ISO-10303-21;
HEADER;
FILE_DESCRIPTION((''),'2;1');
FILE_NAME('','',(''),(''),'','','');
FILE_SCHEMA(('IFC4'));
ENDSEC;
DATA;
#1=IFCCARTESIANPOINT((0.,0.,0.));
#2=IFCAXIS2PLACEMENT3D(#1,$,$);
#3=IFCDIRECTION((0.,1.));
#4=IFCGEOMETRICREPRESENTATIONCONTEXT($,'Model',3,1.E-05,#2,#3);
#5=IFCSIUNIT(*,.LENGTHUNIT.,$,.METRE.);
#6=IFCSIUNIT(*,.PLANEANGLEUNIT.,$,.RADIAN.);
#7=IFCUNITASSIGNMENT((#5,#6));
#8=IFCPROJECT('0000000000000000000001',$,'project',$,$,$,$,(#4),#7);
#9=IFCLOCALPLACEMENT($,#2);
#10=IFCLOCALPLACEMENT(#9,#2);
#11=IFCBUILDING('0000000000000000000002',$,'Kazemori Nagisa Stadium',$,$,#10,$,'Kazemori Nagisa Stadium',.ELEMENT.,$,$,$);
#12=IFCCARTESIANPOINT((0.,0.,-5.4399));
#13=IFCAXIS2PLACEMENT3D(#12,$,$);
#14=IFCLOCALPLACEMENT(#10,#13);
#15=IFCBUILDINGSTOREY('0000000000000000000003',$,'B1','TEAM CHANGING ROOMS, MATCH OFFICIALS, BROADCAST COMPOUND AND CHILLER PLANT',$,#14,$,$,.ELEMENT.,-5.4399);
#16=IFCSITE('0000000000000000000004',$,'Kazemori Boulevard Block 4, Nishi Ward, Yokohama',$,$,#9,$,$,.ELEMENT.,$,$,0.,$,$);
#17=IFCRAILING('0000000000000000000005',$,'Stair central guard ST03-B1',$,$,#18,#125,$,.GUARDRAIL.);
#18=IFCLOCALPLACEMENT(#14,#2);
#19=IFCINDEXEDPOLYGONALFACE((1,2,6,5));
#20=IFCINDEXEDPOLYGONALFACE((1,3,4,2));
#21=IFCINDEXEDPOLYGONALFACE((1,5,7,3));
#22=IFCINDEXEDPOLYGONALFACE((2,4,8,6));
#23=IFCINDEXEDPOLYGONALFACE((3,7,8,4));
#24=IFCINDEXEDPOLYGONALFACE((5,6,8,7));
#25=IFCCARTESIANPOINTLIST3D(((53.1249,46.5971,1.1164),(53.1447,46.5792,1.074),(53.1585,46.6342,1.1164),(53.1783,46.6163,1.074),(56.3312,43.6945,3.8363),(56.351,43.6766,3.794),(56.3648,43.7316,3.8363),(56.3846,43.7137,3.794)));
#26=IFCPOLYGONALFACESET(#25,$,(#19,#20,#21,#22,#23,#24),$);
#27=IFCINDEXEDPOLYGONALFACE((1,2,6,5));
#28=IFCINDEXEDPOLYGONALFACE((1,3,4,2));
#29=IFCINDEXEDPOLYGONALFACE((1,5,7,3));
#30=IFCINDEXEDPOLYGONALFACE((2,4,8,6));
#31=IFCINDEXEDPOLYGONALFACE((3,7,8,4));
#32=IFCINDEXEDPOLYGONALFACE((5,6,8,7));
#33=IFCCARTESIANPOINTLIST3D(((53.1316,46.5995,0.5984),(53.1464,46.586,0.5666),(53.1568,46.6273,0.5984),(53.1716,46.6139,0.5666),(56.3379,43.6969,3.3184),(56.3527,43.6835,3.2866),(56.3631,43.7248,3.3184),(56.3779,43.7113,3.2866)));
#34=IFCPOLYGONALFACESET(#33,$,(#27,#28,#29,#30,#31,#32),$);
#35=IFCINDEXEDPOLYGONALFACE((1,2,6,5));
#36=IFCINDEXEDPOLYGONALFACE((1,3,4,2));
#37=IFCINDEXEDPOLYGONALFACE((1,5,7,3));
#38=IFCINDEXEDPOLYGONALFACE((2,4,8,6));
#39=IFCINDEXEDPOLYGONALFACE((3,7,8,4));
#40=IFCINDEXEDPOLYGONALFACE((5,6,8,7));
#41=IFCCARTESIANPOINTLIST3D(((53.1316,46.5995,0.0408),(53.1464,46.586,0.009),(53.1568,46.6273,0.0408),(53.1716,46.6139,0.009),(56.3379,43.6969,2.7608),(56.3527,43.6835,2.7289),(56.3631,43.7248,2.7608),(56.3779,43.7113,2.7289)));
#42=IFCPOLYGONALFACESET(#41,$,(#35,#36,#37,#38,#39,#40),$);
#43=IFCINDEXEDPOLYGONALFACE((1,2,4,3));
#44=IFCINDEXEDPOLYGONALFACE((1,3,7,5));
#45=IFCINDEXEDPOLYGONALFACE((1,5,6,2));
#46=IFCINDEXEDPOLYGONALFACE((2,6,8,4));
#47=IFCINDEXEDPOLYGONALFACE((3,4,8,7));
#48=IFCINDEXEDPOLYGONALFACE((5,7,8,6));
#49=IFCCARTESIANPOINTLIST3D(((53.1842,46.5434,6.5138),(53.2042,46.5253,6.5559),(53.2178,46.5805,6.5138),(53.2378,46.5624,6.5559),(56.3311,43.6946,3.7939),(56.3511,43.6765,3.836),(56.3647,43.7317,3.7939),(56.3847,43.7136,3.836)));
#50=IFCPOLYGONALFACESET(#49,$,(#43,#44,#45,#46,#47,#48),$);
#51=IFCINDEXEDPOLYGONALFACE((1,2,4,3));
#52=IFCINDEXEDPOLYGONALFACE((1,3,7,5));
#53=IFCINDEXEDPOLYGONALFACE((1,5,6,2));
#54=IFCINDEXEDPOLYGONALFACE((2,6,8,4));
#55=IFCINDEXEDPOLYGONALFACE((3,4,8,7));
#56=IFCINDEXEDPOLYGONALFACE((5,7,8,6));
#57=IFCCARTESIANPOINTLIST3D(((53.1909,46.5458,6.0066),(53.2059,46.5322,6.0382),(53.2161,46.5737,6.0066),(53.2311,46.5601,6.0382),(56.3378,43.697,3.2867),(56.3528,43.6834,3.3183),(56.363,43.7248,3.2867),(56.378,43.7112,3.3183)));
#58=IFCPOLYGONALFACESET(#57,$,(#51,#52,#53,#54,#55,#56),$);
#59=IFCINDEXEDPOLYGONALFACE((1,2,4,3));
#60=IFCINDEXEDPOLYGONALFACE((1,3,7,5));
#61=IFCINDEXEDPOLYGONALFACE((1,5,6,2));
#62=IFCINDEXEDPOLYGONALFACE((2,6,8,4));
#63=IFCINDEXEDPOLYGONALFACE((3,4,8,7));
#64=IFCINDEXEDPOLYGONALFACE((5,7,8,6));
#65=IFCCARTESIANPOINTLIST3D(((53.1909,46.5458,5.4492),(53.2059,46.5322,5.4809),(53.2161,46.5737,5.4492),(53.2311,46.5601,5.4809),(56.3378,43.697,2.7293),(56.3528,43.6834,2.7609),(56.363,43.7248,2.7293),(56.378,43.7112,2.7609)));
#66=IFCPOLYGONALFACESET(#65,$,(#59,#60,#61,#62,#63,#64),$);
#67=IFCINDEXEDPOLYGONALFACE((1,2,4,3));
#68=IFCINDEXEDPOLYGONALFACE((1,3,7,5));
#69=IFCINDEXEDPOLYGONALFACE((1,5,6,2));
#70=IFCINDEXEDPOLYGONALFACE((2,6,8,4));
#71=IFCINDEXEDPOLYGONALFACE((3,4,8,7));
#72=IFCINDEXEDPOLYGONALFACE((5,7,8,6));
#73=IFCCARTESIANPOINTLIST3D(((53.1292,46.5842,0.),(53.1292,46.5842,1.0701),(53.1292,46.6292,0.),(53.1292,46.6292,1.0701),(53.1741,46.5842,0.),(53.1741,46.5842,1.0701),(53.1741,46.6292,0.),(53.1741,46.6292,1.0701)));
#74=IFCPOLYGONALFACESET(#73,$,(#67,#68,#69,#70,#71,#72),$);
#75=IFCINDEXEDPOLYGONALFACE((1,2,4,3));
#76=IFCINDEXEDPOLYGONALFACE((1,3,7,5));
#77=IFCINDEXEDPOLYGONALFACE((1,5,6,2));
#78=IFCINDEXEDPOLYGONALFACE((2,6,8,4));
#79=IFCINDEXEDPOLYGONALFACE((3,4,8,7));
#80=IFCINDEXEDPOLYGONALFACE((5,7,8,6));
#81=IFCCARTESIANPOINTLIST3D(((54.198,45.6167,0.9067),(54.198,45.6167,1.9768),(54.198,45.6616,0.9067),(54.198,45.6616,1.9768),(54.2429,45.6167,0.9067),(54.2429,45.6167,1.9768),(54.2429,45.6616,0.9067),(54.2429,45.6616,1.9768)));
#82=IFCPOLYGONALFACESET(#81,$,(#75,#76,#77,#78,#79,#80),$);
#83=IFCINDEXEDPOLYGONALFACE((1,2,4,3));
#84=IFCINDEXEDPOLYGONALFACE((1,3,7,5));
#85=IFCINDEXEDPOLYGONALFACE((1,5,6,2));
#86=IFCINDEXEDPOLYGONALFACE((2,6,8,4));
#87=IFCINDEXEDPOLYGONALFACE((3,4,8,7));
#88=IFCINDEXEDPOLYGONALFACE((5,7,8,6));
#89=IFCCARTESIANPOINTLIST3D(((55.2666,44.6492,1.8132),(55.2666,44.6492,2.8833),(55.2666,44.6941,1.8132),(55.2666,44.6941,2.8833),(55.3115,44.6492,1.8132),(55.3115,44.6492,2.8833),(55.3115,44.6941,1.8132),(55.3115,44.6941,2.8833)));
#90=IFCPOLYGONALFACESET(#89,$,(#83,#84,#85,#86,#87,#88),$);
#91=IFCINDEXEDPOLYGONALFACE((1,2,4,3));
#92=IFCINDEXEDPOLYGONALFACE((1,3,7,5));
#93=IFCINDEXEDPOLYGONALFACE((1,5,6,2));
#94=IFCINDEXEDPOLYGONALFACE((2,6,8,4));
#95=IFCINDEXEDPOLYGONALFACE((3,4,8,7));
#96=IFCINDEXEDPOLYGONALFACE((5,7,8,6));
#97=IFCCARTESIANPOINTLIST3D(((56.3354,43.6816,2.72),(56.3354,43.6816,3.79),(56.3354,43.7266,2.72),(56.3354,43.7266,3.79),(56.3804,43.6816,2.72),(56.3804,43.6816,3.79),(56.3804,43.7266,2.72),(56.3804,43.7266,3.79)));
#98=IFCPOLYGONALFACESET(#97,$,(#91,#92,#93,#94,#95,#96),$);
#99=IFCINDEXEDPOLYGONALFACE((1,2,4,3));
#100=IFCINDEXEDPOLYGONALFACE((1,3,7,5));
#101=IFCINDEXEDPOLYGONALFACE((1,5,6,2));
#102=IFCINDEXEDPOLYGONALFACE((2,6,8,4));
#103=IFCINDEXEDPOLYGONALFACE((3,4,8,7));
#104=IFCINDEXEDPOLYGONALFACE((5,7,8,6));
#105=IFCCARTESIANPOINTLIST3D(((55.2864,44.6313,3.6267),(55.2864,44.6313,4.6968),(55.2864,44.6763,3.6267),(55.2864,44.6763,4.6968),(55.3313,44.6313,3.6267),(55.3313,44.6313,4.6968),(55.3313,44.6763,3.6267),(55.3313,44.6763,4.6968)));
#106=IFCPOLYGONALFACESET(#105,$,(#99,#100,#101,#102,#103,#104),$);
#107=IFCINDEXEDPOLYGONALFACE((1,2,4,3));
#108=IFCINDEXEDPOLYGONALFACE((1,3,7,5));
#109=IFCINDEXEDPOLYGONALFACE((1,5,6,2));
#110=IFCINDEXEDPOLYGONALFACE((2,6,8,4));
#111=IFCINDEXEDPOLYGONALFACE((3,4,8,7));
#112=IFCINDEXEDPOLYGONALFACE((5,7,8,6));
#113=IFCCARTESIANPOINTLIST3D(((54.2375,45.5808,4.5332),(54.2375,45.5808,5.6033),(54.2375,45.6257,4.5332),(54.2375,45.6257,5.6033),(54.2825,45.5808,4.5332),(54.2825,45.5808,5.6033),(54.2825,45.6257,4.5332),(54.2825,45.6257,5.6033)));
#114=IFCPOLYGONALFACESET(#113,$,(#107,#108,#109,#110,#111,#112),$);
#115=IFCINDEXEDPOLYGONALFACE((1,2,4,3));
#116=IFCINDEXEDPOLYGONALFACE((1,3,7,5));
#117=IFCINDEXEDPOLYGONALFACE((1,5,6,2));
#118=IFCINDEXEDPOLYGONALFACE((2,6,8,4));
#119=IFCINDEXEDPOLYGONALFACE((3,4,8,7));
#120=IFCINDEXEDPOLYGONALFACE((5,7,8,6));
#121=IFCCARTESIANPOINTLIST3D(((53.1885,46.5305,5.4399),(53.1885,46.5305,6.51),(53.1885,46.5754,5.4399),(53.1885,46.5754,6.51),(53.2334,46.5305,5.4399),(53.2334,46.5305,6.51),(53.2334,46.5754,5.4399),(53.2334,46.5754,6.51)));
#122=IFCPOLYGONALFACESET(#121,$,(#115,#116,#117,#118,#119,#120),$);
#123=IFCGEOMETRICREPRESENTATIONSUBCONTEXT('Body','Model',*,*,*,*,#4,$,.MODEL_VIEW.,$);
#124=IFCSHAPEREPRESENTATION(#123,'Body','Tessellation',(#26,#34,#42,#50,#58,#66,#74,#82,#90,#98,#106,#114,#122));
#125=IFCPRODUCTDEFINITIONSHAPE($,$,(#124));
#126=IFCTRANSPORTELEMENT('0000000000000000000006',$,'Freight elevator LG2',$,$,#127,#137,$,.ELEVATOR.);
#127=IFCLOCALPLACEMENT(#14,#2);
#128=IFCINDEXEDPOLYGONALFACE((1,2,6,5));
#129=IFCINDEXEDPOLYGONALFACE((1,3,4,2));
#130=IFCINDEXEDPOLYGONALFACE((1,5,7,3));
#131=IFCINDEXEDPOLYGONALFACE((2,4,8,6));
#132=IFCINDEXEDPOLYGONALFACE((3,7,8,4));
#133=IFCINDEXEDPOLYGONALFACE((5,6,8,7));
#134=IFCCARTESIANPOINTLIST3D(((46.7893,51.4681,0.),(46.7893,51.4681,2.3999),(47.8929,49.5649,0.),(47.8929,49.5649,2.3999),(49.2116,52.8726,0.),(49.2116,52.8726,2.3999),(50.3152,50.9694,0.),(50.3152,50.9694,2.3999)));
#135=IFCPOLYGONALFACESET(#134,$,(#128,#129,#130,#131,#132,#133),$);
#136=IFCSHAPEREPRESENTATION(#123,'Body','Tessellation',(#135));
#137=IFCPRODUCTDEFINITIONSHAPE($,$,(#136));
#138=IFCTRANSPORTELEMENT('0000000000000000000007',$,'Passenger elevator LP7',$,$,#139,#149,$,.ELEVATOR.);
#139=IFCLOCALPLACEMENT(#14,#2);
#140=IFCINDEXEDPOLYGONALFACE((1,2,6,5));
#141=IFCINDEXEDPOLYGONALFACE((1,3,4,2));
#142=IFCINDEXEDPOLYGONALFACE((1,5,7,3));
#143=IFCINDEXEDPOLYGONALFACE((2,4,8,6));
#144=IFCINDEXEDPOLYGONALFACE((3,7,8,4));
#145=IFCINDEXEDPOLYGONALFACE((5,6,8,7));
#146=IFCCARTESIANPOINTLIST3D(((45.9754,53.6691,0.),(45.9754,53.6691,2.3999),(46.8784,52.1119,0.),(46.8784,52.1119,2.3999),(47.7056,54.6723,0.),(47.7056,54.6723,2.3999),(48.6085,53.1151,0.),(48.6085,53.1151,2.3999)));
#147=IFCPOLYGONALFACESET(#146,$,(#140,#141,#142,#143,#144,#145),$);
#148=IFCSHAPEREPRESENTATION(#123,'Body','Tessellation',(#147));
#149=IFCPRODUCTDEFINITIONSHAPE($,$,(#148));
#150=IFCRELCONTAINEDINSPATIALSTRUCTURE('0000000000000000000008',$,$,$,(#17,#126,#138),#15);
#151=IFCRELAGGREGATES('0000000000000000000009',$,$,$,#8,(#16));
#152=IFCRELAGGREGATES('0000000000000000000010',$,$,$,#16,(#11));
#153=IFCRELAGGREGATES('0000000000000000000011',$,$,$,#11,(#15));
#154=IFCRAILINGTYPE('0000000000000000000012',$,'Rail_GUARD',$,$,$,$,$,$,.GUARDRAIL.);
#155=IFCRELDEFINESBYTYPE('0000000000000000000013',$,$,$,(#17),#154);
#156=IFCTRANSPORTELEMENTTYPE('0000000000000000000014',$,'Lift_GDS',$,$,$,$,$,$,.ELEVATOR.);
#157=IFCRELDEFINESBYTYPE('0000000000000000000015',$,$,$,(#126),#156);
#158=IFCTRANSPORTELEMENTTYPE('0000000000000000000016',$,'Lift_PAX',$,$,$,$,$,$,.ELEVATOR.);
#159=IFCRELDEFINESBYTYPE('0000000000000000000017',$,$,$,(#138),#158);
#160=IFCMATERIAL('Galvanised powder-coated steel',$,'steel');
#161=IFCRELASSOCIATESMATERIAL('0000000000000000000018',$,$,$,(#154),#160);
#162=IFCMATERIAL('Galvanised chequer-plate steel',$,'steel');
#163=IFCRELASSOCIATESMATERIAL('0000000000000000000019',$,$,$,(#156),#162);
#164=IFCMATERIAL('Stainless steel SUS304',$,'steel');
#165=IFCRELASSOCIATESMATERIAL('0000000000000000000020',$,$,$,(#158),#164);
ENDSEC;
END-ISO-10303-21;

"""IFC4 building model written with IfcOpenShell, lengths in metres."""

from ifc_helpers import new_model, si_unit, direction, frame, origin, origin_2d, place, context, subcontext, project, spatial, rectangle, extrude, material, type_object, element, save


model = new_model("IFC4")

# Units and contexts
model_context = context("Model", 3, precision=1e-05, world=origin(), true_north=direction((0.0, 1.0)))
body_context = subcontext(model_context, "Body", "Model", "MODEL_VIEW")
ifc_project = project(units=[si_unit("LENGTHUNIT", "METRE"), si_unit("PLANEANGLEUNIT", "RADIAN")], contexts=[model_context])

# Site, building, storey
site_placement = place(None, origin())
site = spatial("IfcSite", under=ifc_project, at=site_placement, Name="Kazemori Boulevard Block 4, Nishi Ward, Yokohama", CompositionType="ELEMENT", RefElevation=0.0)
building_placement = place(site_placement, origin())
building = spatial("IfcBuilding", under=site, at=building_placement, Name="Kazemori Nagisa Stadium", LongName="Kazemori Nagisa Stadium", CompositionType="ELEMENT")
storey_placement = place(building_placement, frame((0.0, 0.0, -5.4399)))
storey = spatial("IfcBuildingStorey", under=building, at=storey_placement, Name="B1", Description="TEAM CHANGING ROOMS, MATCH OFFICIALS, BROADCAST COMPOUND AND CHILLER PLANT", CompositionType="ELEMENT", Elevation=-5.4399)

# Railing
ifc_material_1 = material(Name="Galvanised powder-coated steel", Category="steel")
railing_type = type_object("IfcRailingType", Name="Rail_GUARD", PredefinedType="GUARDRAIL", material=ifc_material_1)
railing_placement = place(storey_placement, frame((53.1516, 46.6067, 0.0)))
element("IfcRailing", 1, at=railing_placement, inside=storey, type_object=railing_type, Name="Stair central guard ST03-B1", PredefinedType="GUARDRAIL", context=body_context, shape_type="SweptSolid", body=[
    extrude(rectangle(XDim=0.05, YDim=0.05, at=origin_2d()), frame((0.0, 0.0, 1.0952), z_axis=(0.627558, -0.568113, 0.53237), x_axis=(0.671123, 0.741346, 0.0)), (0.0, 0.0, 1.0), 5.1091),
    extrude(rectangle(XDim=0.0376, YDim=0.0376, at=origin_2d()), frame((0.0, 0.0, 0.5825), z_axis=(0.627558, -0.568113, 0.53237), x_axis=(0.671123, 0.741346, 0.0)), (0.0, 0.0, 1.0), 5.1091),
    extrude(rectangle(XDim=0.0376, YDim=0.0376, at=origin_2d()), frame((0.0, 0.0, 0.0249), z_axis=(0.627558, -0.568113, 0.53237), x_axis=(0.671123, 0.741346, 0.0)), (0.0, 0.0, 1.0), 5.1091),
    extrude(rectangle(XDim=0.05, YDim=0.05, at=origin_2d()), frame((3.2063, -2.9026, 3.8149), z_axis=(-0.624201, 0.565073, 0.539505), x_axis=(-0.671123, -0.741346, 0.0)), (0.0, 0.0, 1.0), 5.0415),
    extrude(rectangle(XDim=0.0376, YDim=0.0376, at=origin_2d()), frame((3.2063, -2.9026, 3.3025), z_axis=(-0.624201, 0.565073, 0.539505), x_axis=(-0.671123, -0.741346, 0.0)), (0.0, 0.0, 1.0), 5.0415),
    extrude(rectangle(XDim=0.0376, YDim=0.0376, at=origin_2d()), frame((3.2063, -2.9026, 2.7451), z_axis=(-0.624201, 0.565073, 0.539505), x_axis=(-0.671123, -0.741346, 0.0)), (0.0, 0.0, 1.0), 5.0415),
    extrude(rectangle(XDim=0.0449, YDim=0.0449, at=origin_2d()), origin(), (0.0, 0.0, 1.0), 1.0701),
    extrude(rectangle(XDim=0.0449, YDim=0.0449, at=origin_2d()), frame((1.0688, -0.9675, 0.9067)), (0.0, 0.0, 1.0), 1.0701),
    extrude(rectangle(XDim=0.0449, YDim=0.0449, at=origin_2d()), frame((2.1375, -1.9351, 1.8132)), (0.0, 0.0, 1.0), 1.0701),
    extrude(rectangle(XDim=0.0449, YDim=0.0449, at=origin_2d()), frame((3.2063, -2.9026, 2.72)), (0.0, 0.0, 1.0), 1.0701),
    extrude(rectangle(XDim=0.0449, YDim=0.0449, at=origin_2d()), frame((2.1572, -1.9529, 3.6267)), (0.0, 0.0, 1.0), 1.0701),
    extrude(rectangle(XDim=0.0449, YDim=0.0449, at=origin_2d()), frame((1.1084, -1.0034, 4.5332)), (0.0, 0.0, 1.0), 1.0701),
    extrude(rectangle(XDim=0.0449, YDim=0.0449, at=origin_2d()), frame((0.0593, -0.0537, 5.4399)), (0.0, 0.0, 1.0), 1.0701),
])

# Transport elements
ifc_material_2 = material(Name="Galvanised chequer-plate steel", Category="steel")
transport_element_type_1 = type_object("IfcTransportElementType", Name="Lift_GDS", PredefinedType="ELEVATOR", material=ifc_material_2)
transport_element_1_placement = place(storey_placement, frame((48.5522, 51.2188, 0.0), z_axis=(0.0, 0.0, 1.0), x_axis=(0.501612, -0.865093, 0.0)))
element("IfcTransportElement", 2, at=transport_element_1_placement, inside=storey, type_object=transport_element_type_1, Name="Freight elevator LG2", PredefinedType="ELEVATOR", context=body_context, shape_type="SweptSolid", body=[
    extrude(rectangle(XDim=2.2, YDim=2.8, at=origin_2d()), origin(), (0.0, 0.0, 1.0), 2.3999),
])
ifc_material_3 = material(Name="Stainless steel SUS304", Category="steel")
transport_element_type_2 = type_object("IfcTransportElementType", Name="Lift_PAX", PredefinedType="ELEVATOR", material=ifc_material_3)
transport_element_2_placement = place(storey_placement, frame((47.292, 53.3921, 0.0), z_axis=(0.0, 0.0, 1.0), x_axis=(0.501612, -0.865093, 0.0)))
element("IfcTransportElement", 3, at=transport_element_2_placement, inside=storey, type_object=transport_element_type_2, Name="Passenger elevator LP7", PredefinedType="ELEVATOR", context=body_context, shape_type="SweptSolid", body=[
    extrude(rectangle(XDim=1.8, YDim=2.0, at=origin_2d()), origin(), (0.0, 0.0, 1.0), 2.3999),
])

save(model, "model.ifc")
